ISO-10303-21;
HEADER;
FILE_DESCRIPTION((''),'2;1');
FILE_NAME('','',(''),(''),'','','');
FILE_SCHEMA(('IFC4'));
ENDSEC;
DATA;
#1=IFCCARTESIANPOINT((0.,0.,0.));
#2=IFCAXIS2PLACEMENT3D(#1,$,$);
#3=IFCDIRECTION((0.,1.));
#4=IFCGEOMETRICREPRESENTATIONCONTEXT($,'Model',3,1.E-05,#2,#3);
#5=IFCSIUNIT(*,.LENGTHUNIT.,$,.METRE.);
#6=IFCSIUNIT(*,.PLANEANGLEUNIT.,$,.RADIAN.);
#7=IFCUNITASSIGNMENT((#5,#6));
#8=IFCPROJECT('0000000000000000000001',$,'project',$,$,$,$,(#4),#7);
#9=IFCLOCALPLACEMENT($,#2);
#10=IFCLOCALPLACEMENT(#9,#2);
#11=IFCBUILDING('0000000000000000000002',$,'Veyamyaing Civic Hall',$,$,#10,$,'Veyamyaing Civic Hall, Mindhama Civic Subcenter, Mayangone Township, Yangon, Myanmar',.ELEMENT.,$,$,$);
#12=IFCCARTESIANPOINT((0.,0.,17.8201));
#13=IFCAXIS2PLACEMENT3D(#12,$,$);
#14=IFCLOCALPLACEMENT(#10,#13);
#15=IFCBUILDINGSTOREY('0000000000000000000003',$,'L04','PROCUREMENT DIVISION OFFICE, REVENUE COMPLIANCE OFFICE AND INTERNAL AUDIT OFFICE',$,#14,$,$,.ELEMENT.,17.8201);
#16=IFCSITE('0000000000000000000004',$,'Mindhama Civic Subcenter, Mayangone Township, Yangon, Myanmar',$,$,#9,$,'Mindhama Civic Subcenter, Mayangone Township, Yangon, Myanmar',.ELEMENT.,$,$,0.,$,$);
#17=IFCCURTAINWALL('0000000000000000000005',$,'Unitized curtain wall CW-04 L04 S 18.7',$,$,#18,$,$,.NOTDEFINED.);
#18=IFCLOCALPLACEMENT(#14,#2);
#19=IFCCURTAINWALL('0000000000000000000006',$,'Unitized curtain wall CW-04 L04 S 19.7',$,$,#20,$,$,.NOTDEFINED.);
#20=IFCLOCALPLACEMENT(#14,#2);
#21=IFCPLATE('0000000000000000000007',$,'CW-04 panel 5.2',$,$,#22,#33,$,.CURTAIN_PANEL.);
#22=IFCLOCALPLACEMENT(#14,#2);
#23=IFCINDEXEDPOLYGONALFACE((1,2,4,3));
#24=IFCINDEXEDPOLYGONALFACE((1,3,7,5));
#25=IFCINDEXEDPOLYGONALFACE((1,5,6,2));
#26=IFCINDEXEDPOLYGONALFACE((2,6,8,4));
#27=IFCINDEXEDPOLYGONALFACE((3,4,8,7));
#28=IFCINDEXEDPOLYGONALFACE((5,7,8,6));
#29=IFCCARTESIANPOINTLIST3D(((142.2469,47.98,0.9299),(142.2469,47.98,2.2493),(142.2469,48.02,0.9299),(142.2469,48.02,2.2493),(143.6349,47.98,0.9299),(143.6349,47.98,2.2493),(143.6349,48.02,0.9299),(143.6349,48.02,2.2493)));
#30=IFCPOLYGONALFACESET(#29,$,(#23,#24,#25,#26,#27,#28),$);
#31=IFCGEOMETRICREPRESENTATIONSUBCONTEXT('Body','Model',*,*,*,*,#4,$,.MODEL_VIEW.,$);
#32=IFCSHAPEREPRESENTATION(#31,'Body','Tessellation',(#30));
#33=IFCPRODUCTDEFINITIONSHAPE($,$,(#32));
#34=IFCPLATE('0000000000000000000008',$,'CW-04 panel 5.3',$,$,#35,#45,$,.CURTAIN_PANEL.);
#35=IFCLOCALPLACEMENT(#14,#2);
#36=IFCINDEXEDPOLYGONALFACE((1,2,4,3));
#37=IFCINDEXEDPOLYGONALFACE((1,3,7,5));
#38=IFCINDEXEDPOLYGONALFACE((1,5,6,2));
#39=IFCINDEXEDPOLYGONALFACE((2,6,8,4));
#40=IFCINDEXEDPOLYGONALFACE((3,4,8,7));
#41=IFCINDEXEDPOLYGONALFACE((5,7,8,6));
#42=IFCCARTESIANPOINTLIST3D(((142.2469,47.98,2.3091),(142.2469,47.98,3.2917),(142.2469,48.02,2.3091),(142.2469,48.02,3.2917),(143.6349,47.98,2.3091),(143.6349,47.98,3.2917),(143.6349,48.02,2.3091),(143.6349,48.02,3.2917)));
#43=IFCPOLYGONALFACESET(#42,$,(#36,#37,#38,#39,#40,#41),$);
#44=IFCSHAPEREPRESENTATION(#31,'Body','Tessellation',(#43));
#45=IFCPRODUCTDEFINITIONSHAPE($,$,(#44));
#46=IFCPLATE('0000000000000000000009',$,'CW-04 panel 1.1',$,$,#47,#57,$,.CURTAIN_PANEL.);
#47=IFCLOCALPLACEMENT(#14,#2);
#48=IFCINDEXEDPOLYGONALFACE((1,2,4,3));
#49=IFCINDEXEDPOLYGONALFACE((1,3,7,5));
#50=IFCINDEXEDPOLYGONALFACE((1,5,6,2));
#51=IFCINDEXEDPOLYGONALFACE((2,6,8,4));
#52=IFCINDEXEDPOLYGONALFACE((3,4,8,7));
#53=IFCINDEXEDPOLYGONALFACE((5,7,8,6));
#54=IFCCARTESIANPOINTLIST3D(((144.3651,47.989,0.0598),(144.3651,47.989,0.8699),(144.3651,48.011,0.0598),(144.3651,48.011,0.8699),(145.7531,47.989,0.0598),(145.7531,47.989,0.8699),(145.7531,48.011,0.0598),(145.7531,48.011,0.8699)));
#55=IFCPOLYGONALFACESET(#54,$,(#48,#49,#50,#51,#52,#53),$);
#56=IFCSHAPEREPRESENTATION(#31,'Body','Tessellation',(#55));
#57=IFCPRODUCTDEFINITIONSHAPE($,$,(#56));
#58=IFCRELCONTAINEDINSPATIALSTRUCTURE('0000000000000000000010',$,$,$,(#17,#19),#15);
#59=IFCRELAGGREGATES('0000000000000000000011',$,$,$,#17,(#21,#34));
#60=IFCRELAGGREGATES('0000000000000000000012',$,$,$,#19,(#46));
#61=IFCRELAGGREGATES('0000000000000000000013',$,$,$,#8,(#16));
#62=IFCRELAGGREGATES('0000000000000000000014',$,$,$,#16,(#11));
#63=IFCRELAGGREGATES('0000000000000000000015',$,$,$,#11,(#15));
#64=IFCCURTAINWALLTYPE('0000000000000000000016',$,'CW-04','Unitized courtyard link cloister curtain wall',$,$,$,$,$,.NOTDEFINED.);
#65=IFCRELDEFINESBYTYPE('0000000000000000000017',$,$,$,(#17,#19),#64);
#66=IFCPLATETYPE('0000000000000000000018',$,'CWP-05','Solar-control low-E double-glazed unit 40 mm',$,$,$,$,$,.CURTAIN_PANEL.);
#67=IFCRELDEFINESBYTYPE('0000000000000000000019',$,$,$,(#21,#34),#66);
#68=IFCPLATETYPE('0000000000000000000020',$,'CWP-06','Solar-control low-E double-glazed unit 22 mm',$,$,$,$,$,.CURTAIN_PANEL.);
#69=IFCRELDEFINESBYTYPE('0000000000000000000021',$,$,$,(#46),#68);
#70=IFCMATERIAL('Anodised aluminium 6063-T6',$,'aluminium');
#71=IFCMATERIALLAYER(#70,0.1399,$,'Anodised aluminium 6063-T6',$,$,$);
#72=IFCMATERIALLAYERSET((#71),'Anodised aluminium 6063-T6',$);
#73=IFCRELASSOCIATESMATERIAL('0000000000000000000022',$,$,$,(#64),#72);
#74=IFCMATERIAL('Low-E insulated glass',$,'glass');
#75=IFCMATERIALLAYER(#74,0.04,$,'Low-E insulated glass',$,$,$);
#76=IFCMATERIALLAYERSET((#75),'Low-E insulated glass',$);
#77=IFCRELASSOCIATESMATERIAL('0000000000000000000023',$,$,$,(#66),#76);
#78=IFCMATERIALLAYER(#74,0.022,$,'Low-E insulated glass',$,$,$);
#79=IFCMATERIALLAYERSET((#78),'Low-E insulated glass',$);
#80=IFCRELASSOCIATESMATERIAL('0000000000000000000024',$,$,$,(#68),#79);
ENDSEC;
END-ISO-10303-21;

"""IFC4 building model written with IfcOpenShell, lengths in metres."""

from ifc_helpers import new_model, si_unit, direction, frame, origin, origin_2d, place, context, subcontext, project, spatial, rectangle, extrude, material, layer, layer_set, type_object, element, aggregate, save


model = new_model("IFC4")

# Units and contexts
model_context = context("Model", 3, precision=1e-05, world=origin(), true_north=direction((0.0, 1.0)))
body_context = subcontext(model_context, "Body", "Model", "MODEL_VIEW")
ifc_project = project(units=[si_unit("LENGTHUNIT", "METRE"), si_unit("PLANEANGLEUNIT", "RADIAN")], contexts=[model_context])

# Site, building, storey
site_placement = place(None, origin())
site = spatial("IfcSite", under=ifc_project, at=site_placement, Name="Mindhama Civic Subcenter, Mayangone Township, Yangon, Myanmar", LongName="Mindhama Civic Subcenter, Mayangone Township, Yangon, Myanmar", CompositionType="ELEMENT", RefElevation=0.0)
building_placement = place(site_placement, origin())
building = spatial("IfcBuilding", under=site, at=building_placement, Name="Veyamyaing Civic Hall", LongName="Veyamyaing Civic Hall, Mindhama Civic Subcenter, Mayangone Township, Yangon, Myanmar", CompositionType="ELEMENT")
storey_placement = place(building_placement, frame((0.0, 0.0, 17.8201)))
storey = spatial("IfcBuildingStorey", under=building, at=storey_placement, Name="L04", Description="PROCUREMENT DIVISION OFFICE, REVENUE COMPLIANCE OFFICE AND INTERNAL AUDIT OFFICE", CompositionType="ELEMENT", Elevation=17.8201)

# Curtain wall
ifc_material_1 = material(Name="Anodised aluminium 6063-T6", Category="aluminium")
ifc_layer_1 = layer(ifc_material_1, 0.1399, Name="Anodised aluminium 6063-T6")
ifc_layer_set_1 = layer_set([ifc_layer_1], Name="Anodised aluminium 6063-T6")
curtain_wall_type = type_object("IfcCurtainWallType", Name="CW-04", Description="Unitized courtyard link cloister curtain wall", PredefinedType="NOTDEFINED", material=ifc_layer_set_1)
curtain_wall_1_placement = place(storey_placement, origin())
curtain_wall_1 = element("IfcCurtainWall", 1, at=curtain_wall_1_placement, inside=storey, type_object=curtain_wall_type, Name="Unitized curtain wall CW-04 L04 S 18.7", PredefinedType="NOTDEFINED")

# Curtain wall
curtain_wall_2_placement = place(storey_placement, origin())
curtain_wall_2 = element("IfcCurtainWall", 2, at=curtain_wall_2_placement, inside=storey, type_object=curtain_wall_type, Name="Unitized curtain wall CW-04 L04 S 19.7", PredefinedType="NOTDEFINED")

# Plates
ifc_material_2 = material(Name="Low-E insulated glass", Category="glass")
ifc_layer_2 = layer(ifc_material_2, 0.04, Name="Low-E insulated glass")
ifc_layer_set_2 = layer_set([ifc_layer_2], Name="Low-E insulated glass")
plate_type_1 = type_object("IfcPlateType", Name="CWP-05", Description="Solar-control low-E double-glazed unit 40 mm", PredefinedType="CURTAIN_PANEL", material=ifc_layer_set_2)
plate_1_placement = place(storey_placement, frame((142.9409, 48.0, 0.9299), z_axis=(0.0, 0.0, 1.0), x_axis=(1.0, 0.0, 0.0)))
plate_1 = element("IfcPlate", 3, at=plate_1_placement, type_object=plate_type_1, Name="CW-04 panel 5.2", PredefinedType="CURTAIN_PANEL", context=body_context, shape_type="SweptSolid", body=[
    extrude(rectangle(XDim=1.3879, YDim=0.04, at=origin_2d()), origin(), (0.0, 0.0, 1.0), 1.3193),
])
plate_2_placement = place(storey_placement, frame((142.9409, 48.0, 2.3091), z_axis=(0.0, 0.0, 1.0), x_axis=(1.0, 0.0, 0.0)))
plate_2 = element("IfcPlate", 4, at=plate_2_placement, type_object=plate_type_1, Name="CW-04 panel 5.3", PredefinedType="CURTAIN_PANEL", context=body_context, shape_type="SweptSolid", body=[
    extrude(rectangle(XDim=1.3879, YDim=0.04, at=origin_2d()), origin(), (0.0, 0.0, 1.0), 0.9827),
])
aggregate(curtain_wall_1, [plate_1, plate_2])
ifc_layer_3 = layer(ifc_material_2, 0.022, Name="Low-E insulated glass")
ifc_layer_set_3 = layer_set([ifc_layer_3], Name="Low-E insulated glass")
plate_type_2 = type_object("IfcPlateType", Name="CWP-06", Description="Solar-control low-E double-glazed unit 22 mm", PredefinedType="CURTAIN_PANEL", material=ifc_layer_set_3)
plate_3_placement = place(storey_placement, frame((145.0591, 48.0, 0.0598), z_axis=(0.0, 0.0, 1.0), x_axis=(1.0, 0.0, 0.0)))
plate_3 = element("IfcPlate", 5, at=plate_3_placement, type_object=plate_type_2, Name="CW-04 panel 1.1", PredefinedType="CURTAIN_PANEL", context=body_context, shape_type="SweptSolid", body=[
    extrude(rectangle(XDim=1.3879, YDim=0.022, at=origin_2d()), origin(), (0.0, 0.0, 1.0), 0.8101),
])
aggregate(curtain_wall_2, [plate_3])

save(model, "model.ifc")
